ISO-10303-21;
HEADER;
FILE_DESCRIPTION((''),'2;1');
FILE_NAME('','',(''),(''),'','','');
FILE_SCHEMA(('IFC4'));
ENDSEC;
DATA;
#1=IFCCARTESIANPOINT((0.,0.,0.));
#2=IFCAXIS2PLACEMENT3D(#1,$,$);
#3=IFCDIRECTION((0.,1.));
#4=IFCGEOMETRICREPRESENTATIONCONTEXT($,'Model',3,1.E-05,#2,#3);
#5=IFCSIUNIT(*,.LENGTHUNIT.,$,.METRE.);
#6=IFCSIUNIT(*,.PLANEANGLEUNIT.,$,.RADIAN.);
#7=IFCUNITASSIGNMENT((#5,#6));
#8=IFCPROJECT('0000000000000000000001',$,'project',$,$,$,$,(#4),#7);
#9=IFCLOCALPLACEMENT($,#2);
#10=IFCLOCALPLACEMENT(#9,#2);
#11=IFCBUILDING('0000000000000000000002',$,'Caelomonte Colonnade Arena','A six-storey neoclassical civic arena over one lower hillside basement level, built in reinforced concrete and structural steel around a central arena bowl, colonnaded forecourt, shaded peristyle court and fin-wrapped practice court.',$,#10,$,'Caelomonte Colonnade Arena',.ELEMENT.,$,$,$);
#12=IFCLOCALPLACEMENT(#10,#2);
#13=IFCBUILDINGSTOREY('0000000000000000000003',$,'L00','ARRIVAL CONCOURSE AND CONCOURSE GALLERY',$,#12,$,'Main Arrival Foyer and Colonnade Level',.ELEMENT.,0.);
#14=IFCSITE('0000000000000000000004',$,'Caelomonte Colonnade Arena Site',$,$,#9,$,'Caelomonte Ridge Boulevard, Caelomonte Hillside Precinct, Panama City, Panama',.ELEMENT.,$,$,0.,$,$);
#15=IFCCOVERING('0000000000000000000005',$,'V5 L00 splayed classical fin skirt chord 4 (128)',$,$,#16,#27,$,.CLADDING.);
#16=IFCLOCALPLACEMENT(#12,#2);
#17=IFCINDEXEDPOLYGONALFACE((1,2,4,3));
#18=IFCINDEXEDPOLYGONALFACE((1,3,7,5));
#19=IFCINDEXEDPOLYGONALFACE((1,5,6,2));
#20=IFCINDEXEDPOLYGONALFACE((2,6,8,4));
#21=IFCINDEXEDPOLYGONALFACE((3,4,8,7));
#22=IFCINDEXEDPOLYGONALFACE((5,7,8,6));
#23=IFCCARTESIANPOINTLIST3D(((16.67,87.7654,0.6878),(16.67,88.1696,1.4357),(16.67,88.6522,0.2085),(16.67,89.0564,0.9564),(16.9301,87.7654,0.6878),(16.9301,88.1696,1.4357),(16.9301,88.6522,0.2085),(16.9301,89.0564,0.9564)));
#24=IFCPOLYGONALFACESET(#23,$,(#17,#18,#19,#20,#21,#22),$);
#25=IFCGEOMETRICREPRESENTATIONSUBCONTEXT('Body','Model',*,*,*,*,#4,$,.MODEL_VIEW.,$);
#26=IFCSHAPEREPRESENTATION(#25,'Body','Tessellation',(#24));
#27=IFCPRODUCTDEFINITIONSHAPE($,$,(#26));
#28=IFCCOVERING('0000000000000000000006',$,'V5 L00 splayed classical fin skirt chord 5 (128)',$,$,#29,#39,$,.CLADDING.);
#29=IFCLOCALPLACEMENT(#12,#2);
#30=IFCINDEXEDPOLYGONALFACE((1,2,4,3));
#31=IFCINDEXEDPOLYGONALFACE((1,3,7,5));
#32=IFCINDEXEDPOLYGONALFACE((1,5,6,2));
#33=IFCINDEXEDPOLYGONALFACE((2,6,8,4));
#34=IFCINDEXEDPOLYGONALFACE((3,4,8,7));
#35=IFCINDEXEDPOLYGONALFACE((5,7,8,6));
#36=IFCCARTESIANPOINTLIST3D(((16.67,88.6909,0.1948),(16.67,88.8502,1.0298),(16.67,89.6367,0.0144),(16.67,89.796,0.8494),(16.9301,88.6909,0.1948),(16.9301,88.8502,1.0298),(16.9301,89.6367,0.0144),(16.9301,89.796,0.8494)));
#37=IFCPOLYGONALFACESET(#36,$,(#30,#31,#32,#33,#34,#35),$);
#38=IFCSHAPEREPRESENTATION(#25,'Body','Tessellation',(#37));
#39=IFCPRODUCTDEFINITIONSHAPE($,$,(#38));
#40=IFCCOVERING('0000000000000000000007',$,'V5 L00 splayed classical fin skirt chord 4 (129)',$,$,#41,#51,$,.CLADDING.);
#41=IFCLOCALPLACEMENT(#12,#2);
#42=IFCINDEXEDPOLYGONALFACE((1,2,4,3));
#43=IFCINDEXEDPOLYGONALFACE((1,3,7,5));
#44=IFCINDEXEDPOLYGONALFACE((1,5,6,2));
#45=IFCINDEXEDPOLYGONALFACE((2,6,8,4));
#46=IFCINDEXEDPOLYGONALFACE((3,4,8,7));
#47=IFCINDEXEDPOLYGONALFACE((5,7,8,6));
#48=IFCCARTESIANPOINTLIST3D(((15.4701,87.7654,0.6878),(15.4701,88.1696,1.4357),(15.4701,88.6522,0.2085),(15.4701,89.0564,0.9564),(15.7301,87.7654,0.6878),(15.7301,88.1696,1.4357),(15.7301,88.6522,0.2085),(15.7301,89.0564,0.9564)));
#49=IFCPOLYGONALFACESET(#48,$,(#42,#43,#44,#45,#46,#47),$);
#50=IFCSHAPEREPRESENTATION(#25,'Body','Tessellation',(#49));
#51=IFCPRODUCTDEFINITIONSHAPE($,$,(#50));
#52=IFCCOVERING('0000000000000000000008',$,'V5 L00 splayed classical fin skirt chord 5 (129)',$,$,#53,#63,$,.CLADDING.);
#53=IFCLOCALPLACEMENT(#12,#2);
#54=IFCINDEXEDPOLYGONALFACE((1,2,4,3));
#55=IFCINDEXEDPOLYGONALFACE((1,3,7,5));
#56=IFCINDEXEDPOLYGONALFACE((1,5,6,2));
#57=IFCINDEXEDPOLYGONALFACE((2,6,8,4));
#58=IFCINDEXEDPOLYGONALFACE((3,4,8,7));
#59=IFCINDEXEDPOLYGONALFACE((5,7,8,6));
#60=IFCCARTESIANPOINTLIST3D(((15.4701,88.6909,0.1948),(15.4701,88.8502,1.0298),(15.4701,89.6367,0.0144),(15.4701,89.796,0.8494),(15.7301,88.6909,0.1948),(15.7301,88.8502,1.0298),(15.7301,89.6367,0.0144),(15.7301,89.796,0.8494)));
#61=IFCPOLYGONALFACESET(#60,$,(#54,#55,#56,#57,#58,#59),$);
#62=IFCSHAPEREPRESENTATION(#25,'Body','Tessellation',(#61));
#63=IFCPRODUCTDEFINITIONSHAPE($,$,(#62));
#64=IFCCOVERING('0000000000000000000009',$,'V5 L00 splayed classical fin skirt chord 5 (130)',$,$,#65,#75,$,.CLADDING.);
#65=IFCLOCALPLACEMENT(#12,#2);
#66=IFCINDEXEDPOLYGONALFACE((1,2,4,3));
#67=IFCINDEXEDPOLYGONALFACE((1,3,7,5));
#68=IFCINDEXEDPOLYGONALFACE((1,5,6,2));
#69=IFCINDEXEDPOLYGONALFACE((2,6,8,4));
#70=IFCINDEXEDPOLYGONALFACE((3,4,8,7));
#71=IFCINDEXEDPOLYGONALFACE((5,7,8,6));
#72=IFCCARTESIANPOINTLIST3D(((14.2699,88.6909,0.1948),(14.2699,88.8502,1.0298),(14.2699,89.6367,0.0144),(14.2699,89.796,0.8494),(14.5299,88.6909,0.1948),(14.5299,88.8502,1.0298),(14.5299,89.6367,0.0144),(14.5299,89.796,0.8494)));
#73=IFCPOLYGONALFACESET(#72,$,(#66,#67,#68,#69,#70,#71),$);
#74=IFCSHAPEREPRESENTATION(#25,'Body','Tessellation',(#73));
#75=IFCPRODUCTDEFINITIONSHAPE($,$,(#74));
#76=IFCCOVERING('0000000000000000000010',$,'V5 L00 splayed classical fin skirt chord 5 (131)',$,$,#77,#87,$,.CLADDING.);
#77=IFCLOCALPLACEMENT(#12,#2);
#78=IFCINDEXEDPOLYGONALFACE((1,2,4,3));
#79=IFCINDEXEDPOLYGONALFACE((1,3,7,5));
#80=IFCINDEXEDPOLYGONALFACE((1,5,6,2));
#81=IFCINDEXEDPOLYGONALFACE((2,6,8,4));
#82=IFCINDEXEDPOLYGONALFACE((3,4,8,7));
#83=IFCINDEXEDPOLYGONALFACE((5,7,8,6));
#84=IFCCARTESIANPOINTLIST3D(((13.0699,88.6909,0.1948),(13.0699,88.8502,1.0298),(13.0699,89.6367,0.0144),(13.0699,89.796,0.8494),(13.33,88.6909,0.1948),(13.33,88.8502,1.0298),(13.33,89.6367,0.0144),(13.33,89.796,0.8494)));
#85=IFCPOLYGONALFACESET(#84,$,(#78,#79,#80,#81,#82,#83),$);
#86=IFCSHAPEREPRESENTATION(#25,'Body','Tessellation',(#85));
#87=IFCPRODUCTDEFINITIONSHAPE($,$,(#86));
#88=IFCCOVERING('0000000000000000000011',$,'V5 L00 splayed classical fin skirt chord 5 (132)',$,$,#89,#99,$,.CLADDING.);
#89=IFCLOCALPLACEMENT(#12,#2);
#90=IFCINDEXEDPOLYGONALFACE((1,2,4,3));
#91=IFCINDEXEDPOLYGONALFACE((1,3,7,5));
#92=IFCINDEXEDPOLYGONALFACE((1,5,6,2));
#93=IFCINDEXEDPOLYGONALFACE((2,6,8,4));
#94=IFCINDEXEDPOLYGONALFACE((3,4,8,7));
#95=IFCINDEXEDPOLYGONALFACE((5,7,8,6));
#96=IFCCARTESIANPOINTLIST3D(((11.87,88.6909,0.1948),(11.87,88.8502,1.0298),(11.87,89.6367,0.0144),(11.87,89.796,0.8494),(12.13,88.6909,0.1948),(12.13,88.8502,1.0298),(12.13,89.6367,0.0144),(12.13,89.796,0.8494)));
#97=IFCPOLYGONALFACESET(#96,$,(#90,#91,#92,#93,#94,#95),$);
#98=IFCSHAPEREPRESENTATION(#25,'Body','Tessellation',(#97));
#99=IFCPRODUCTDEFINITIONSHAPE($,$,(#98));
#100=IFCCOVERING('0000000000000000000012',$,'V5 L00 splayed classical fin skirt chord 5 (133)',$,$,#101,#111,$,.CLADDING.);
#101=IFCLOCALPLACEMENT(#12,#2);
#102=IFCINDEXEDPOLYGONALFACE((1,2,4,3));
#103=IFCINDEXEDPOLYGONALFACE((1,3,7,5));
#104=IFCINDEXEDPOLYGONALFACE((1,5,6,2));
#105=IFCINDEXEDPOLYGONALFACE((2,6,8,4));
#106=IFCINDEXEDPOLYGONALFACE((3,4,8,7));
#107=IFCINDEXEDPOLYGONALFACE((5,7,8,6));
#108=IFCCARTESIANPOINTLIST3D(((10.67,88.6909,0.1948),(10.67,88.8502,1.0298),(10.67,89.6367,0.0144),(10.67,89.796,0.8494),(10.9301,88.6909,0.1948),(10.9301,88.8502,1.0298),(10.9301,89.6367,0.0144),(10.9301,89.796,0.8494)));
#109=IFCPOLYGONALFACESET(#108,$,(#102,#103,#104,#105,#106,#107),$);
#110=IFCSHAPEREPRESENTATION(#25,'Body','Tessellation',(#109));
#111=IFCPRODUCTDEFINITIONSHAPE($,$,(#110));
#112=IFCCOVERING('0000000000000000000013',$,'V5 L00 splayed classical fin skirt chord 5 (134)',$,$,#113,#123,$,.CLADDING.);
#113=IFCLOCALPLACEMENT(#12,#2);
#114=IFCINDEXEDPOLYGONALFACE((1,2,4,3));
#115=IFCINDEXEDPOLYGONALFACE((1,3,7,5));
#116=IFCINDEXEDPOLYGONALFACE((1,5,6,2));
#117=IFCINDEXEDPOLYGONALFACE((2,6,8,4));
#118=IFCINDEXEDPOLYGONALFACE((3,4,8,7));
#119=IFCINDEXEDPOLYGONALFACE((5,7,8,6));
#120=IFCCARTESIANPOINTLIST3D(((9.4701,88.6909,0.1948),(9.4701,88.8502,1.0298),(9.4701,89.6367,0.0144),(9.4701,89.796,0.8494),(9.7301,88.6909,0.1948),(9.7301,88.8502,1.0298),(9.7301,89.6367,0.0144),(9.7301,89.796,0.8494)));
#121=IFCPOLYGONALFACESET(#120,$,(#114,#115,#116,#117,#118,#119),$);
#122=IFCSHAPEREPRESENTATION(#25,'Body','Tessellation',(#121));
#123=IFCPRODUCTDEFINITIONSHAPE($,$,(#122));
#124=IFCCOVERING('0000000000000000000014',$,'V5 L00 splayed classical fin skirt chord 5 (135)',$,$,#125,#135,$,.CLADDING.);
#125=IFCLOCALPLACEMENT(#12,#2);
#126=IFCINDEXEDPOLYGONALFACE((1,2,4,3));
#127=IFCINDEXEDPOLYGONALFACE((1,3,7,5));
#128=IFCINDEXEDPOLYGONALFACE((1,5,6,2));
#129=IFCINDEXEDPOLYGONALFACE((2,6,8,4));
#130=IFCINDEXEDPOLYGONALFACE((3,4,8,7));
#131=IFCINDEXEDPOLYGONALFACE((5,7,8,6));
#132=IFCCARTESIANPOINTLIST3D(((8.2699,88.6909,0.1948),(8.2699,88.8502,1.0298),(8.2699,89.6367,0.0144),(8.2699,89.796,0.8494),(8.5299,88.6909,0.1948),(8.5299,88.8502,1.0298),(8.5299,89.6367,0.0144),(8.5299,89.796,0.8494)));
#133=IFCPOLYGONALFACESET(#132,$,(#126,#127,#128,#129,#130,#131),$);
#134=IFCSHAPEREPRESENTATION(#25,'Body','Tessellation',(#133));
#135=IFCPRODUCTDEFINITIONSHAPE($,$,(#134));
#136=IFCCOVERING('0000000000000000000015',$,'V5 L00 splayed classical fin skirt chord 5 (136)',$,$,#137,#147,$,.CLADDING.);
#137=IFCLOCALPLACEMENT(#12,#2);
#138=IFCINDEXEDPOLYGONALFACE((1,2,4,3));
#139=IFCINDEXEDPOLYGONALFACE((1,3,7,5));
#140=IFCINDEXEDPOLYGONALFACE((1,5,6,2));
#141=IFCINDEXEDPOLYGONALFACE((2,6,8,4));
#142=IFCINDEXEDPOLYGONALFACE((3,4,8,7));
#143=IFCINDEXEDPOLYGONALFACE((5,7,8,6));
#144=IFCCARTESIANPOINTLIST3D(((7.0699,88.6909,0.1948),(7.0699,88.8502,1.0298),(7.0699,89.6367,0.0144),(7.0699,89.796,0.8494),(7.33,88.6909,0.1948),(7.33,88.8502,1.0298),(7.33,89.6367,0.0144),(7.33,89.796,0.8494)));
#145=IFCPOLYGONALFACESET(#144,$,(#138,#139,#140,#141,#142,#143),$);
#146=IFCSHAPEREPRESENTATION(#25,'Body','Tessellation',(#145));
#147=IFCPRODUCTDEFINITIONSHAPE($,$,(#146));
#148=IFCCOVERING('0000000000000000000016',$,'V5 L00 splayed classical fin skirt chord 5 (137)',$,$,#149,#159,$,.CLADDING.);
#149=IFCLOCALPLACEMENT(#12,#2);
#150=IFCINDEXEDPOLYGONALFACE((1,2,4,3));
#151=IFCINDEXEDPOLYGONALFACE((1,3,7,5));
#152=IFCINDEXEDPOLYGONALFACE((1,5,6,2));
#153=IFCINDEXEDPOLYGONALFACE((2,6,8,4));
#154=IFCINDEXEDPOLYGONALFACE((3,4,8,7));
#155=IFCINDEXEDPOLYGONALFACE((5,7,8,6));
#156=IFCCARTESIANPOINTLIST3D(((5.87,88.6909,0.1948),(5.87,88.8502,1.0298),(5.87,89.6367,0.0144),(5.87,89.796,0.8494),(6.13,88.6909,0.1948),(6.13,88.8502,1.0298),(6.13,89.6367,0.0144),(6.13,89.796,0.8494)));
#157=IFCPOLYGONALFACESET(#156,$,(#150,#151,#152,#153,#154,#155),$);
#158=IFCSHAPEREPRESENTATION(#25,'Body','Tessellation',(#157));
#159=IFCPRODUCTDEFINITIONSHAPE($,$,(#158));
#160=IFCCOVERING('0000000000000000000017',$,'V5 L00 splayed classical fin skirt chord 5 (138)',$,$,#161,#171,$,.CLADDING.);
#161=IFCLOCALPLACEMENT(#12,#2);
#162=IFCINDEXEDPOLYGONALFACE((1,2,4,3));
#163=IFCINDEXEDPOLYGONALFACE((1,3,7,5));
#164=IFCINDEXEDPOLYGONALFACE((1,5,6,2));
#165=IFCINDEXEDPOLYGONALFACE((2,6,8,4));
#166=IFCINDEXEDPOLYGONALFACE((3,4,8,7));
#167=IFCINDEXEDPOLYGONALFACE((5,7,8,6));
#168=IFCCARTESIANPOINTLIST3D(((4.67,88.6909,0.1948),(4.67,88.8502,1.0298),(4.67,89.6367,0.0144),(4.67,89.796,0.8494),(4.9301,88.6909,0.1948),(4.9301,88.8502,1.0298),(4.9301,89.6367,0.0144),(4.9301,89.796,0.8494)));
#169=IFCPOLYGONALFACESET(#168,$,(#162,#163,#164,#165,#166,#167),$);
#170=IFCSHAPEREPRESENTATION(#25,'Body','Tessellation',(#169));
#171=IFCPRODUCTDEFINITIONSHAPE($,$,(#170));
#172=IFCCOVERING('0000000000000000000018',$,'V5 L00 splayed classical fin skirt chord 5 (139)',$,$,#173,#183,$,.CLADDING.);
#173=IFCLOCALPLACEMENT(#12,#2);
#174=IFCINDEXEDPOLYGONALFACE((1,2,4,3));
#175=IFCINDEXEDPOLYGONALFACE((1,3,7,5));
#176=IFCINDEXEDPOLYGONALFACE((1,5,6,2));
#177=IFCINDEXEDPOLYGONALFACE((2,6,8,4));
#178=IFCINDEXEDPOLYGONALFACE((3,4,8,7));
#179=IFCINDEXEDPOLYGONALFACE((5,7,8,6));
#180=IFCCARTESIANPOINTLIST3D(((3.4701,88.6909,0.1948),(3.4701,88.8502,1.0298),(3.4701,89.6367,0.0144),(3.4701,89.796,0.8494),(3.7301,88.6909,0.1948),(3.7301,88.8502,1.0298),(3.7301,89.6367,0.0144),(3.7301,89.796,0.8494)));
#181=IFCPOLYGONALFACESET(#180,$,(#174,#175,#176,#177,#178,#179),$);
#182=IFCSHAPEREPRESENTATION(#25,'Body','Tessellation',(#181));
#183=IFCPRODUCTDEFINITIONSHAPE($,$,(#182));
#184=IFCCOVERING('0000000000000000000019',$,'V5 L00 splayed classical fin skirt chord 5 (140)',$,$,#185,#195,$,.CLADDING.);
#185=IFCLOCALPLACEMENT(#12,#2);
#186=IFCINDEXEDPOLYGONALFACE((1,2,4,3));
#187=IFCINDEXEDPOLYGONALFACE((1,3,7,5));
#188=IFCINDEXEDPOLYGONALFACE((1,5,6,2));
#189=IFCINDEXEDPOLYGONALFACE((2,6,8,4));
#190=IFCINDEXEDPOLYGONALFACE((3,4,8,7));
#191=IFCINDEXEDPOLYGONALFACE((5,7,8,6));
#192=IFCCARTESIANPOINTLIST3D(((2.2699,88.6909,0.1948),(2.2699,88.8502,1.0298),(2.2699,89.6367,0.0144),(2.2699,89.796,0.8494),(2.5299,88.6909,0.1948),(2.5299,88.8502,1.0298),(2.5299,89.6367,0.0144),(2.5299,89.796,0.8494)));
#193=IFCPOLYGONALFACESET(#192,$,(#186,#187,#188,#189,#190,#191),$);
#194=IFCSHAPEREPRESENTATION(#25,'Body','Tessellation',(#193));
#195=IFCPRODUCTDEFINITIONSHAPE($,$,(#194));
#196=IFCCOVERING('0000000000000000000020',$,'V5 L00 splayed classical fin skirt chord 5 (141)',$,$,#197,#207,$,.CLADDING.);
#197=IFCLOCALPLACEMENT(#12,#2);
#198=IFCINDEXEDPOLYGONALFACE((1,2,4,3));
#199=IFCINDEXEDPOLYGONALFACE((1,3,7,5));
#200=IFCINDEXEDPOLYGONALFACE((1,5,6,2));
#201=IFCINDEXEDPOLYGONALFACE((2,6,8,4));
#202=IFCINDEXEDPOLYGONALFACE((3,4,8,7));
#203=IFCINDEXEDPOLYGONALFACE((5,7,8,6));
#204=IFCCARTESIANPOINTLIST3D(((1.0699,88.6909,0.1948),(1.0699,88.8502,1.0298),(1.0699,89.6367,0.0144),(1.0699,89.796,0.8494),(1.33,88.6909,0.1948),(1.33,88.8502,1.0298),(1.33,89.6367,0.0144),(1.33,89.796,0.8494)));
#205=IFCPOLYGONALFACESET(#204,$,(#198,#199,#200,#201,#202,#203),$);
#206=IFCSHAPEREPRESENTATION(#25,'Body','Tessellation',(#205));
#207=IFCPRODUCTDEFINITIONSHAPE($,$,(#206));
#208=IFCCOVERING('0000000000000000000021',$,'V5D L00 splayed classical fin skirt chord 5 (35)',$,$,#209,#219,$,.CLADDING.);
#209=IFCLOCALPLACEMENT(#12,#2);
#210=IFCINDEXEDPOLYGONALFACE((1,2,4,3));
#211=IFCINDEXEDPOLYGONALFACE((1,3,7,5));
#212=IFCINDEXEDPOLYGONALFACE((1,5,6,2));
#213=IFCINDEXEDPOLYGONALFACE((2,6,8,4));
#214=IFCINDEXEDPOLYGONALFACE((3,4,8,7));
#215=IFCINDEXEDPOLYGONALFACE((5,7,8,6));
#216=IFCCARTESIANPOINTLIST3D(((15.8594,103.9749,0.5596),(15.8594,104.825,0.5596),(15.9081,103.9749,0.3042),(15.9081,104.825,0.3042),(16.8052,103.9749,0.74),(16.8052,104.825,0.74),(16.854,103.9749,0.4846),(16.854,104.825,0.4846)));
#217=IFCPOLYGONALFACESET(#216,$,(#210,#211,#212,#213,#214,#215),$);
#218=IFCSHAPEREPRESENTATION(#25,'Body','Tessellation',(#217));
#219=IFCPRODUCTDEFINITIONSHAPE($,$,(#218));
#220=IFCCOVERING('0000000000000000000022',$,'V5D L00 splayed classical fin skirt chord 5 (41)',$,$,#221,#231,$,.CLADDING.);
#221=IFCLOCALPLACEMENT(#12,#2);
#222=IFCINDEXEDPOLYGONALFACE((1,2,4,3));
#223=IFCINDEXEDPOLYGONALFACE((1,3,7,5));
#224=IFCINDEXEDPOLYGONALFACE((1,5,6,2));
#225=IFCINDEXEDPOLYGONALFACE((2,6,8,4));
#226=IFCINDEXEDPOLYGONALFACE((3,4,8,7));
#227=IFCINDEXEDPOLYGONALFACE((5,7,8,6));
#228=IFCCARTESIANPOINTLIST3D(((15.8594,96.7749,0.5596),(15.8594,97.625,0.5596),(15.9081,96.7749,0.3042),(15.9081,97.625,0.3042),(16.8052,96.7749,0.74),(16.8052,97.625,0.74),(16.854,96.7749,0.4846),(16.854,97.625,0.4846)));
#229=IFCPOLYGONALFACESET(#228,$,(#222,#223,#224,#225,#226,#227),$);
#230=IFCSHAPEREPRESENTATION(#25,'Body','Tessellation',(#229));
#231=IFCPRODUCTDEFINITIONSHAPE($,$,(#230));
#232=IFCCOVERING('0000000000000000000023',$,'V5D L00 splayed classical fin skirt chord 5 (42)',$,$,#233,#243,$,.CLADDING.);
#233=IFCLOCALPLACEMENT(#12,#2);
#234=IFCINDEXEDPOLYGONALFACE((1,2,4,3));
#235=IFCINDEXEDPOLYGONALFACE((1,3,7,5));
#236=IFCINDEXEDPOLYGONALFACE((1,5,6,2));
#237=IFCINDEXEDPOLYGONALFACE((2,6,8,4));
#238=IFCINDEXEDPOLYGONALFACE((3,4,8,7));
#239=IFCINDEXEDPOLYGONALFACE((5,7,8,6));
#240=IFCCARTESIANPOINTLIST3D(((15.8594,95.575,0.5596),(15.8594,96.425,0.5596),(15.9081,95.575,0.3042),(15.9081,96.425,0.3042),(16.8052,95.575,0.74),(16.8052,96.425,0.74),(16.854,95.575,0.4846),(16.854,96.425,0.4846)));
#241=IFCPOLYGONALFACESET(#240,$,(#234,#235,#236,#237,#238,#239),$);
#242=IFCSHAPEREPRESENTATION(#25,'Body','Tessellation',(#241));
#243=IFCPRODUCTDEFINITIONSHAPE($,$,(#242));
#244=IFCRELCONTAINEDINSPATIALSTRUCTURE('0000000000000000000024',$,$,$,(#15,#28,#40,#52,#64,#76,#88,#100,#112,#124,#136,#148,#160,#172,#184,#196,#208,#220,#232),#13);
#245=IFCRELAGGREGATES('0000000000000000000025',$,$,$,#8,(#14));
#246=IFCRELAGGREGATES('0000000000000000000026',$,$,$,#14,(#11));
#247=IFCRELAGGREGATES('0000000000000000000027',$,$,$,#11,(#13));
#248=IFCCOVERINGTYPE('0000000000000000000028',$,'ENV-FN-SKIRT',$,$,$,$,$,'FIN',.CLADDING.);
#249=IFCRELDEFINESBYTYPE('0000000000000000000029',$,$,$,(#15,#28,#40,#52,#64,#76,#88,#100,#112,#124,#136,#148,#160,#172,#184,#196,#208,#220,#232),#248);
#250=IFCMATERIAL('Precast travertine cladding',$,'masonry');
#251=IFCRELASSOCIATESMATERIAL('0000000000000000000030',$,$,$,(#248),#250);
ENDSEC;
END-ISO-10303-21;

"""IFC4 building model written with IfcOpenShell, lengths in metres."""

from ifc_helpers import new_model, si_unit, direction, frame, origin, origin_2d, place, context, subcontext, project, spatial, rectangle, extrude, material, material_profile, profile_set, type_object, element, save


model = new_model("IFC4")

# Units and contexts
model_context = context("Model", 3, precision=1e-05, world=origin(), true_north=direction((0.0, 1.0)))
body_context = subcontext(model_context, "Body", "Model", "MODEL_VIEW")
ifc_project = project(units=[si_unit("LENGTHUNIT", "METRE"), si_unit("PLANEANGLEUNIT", "RADIAN")], contexts=[model_context])

# Site, building, storey
site_placement = place(None, origin())
site = spatial("IfcSite", under=ifc_project, at=site_placement, Name="Caelomonte Colonnade Arena Site", LongName="Caelomonte Ridge Boulevard, Caelomonte Hillside Precinct, Panama City, Panama", CompositionType="ELEMENT", RefElevation=0.0)
building_placement = place(site_placement, origin())
building = spatial("IfcBuilding", under=site, at=building_placement, Name="Caelomonte Colonnade Arena", Description="A six-storey neoclassical civic arena over one lower hillside basement level, built in reinforced concrete and structural steel around a central arena bowl, colonnaded forecourt, shaded peristyle court and fin-wrapped practice court.", LongName="Caelomonte Colonnade Arena", CompositionType="ELEMENT")
storey_placement = place(building_placement, origin())
storey = spatial("IfcBuildingStorey", under=building, at=storey_placement, Name="L00", Description="ARRIVAL CONCOURSE AND CONCOURSE GALLERY", LongName="Main Arrival Foyer and Colonnade Level", CompositionType="ELEMENT", Elevation=0.0)

# Coverings
ifc_material = material(Name="Precast travertine cladding", Category="masonry")
ifc_material_profile = material_profile(ifc_material, rectangle(XDim=0.26, YDim=0.8501, at=origin_2d()), Name="FIN260X850")
ifc_profile_set = profile_set([ifc_material_profile], Name="Precast travertine cladding")
covering_type = type_object("IfcCoveringType", Name="ENV-FN-SKIRT", ElementType="FIN", PredefinedType="CLADDING", material=ifc_profile_set)
covering_1_placement = place(storey_placement, frame((16.8, 87.9675, 1.0618), z_axis=(0.0, 0.879731, -0.475471), x_axis=(-1.0, 0.0, 0.0)))
element("IfcCovering", 1, at=covering_1_placement, inside=storey, type_object=covering_type, Name="V5 L00 splayed classical fin skirt chord 4 (128)", PredefinedType="CLADDING", context=body_context, shape_type="SweptSolid", body=[
    extrude(rectangle(XDim=0.26, YDim=0.8501, at=origin_2d()), origin(), (0.0, 0.0, 1.0), 1.0081),
])
covering_2_placement = place(storey_placement, frame((16.8, 88.7705, 0.6123), z_axis=(0.0, 0.982287, -0.18738), x_axis=(-1.0, 0.0, 0.0)))
element("IfcCovering", 2, at=covering_2_placement, inside=storey, type_object=covering_type, Name="V5 L00 splayed classical fin skirt chord 5 (128)", PredefinedType="CLADDING", context=body_context, shape_type="SweptSolid", body=[
    extrude(rectangle(XDim=0.26, YDim=0.8501, at=origin_2d()), origin(), (0.0, 0.0, 1.0), 0.9629),
])
covering_3_placement = place(storey_placement, frame((15.6001, 87.9675, 1.0618), z_axis=(0.0, 0.879731, -0.475471), x_axis=(-1.0, 0.0, 0.0)))
element("IfcCovering", 3, at=covering_3_placement, inside=storey, type_object=covering_type, Name="V5 L00 splayed classical fin skirt chord 4 (129)", PredefinedType="CLADDING", context=body_context, shape_type="SweptSolid", body=[
    extrude(rectangle(XDim=0.26, YDim=0.8501, at=origin_2d()), origin(), (0.0, 0.0, 1.0), 1.0081),
])
for number, where, z_axis, x_axis, name in (
    (4, (15.6001, 88.7705, 0.6123), (0.0, 0.982287, -0.18738), (-1.0, 0.0, 0.0), "V5 L00 splayed classical fin skirt chord 5 (129)"),
    (5, (14.3999, 88.7705, 0.6123), (0.0, 0.982287, -0.18738), (-1.0, 0.0, 0.0), "V5 L00 splayed classical fin skirt chord 5 (130)"),
    (6, (13.2, 88.7705, 0.6123), (0.0, 0.982287, -0.18738), (-1.0, 0.0, 0.0), "V5 L00 splayed classical fin skirt chord 5 (131)"),
    (7, (12.0, 88.7705, 0.6123), (0.0, 0.982287, -0.18738), (-1.0, 0.0, 0.0), "V5 L00 splayed classical fin skirt chord 5 (132)"),
    (8, (10.8, 88.7705, 0.6123), (0.0, 0.982287, -0.18738), (-1.0, 0.0, 0.0), "V5 L00 splayed classical fin skirt chord 5 (133)"),
    (9, (9.6001, 88.7705, 0.6123), (0.0, 0.982287, -0.18738), (-1.0, 0.0, 0.0), "V5 L00 splayed classical fin skirt chord 5 (134)"),
    (10, (8.3999, 88.7705, 0.6123), (0.0, 0.982287, -0.18738), (-1.0, 0.0, 0.0), "V5 L00 splayed classical fin skirt chord 5 (135)"),
    (11, (7.2, 88.7705, 0.6123), (0.0, 0.982287, -0.18738), (-1.0, 0.0, 0.0), "V5 L00 splayed classical fin skirt chord 5 (136)"),
    (12, (6.0, 88.7705, 0.6123), (0.0, 0.982287, -0.18738), (-1.0, 0.0, 0.0), "V5 L00 splayed classical fin skirt chord 5 (137)"),
    (13, (4.8, 88.7705, 0.6123), (0.0, 0.982287, -0.18738), (-1.0, 0.0, 0.0), "V5 L00 splayed classical fin skirt chord 5 (138)"),
    (14, (3.6001, 88.7705, 0.6123), (0.0, 0.982287, -0.18738), (-1.0, 0.0, 0.0), "V5 L00 splayed classical fin skirt chord 5 (139)"),
    (15, (2.3999, 88.7705, 0.6123), (0.0, 0.982287, -0.18738), (-1.0, 0.0, 0.0), "V5 L00 splayed classical fin skirt chord 5 (140)"),
    (16, (1.2, 88.7705, 0.6123), (0.0, 0.982287, -0.18738), (-1.0, 0.0, 0.0), "V5 L00 splayed classical fin skirt chord 5 (141)"),
    (17, (16.8296, 104.3999, 0.6123), (-0.982287, 0.0, -0.18738), (-0.18738, 0.0, 0.982287), "V5D L00 splayed classical fin skirt chord 5 (35)"),
    (18, (16.8296, 97.2, 0.6123), (-0.982287, 0.0, -0.18738), (-0.18738, 0.0, 0.982287), "V5D L00 splayed classical fin skirt chord 5 (41)"),
    (19, (16.8296, 96.0, 0.6123), (-0.982287, 0.0, -0.18738), (-0.18738, 0.0, 0.982287), "V5D L00 splayed classical fin skirt chord 5 (42)"),
):
    element("IfcCovering", number, at=place(storey_placement, frame(where, z_axis=z_axis, x_axis=x_axis)), inside=storey, type_object=covering_type, Name=name, PredefinedType="CLADDING", context=body_context, shape_type="SweptSolid", body=[
        extrude(rectangle(XDim=0.26, YDim=0.8501, at=origin_2d()), origin(), (0.0, 0.0, 1.0), 0.9629),
    ])

save(model, "model.ifc")
